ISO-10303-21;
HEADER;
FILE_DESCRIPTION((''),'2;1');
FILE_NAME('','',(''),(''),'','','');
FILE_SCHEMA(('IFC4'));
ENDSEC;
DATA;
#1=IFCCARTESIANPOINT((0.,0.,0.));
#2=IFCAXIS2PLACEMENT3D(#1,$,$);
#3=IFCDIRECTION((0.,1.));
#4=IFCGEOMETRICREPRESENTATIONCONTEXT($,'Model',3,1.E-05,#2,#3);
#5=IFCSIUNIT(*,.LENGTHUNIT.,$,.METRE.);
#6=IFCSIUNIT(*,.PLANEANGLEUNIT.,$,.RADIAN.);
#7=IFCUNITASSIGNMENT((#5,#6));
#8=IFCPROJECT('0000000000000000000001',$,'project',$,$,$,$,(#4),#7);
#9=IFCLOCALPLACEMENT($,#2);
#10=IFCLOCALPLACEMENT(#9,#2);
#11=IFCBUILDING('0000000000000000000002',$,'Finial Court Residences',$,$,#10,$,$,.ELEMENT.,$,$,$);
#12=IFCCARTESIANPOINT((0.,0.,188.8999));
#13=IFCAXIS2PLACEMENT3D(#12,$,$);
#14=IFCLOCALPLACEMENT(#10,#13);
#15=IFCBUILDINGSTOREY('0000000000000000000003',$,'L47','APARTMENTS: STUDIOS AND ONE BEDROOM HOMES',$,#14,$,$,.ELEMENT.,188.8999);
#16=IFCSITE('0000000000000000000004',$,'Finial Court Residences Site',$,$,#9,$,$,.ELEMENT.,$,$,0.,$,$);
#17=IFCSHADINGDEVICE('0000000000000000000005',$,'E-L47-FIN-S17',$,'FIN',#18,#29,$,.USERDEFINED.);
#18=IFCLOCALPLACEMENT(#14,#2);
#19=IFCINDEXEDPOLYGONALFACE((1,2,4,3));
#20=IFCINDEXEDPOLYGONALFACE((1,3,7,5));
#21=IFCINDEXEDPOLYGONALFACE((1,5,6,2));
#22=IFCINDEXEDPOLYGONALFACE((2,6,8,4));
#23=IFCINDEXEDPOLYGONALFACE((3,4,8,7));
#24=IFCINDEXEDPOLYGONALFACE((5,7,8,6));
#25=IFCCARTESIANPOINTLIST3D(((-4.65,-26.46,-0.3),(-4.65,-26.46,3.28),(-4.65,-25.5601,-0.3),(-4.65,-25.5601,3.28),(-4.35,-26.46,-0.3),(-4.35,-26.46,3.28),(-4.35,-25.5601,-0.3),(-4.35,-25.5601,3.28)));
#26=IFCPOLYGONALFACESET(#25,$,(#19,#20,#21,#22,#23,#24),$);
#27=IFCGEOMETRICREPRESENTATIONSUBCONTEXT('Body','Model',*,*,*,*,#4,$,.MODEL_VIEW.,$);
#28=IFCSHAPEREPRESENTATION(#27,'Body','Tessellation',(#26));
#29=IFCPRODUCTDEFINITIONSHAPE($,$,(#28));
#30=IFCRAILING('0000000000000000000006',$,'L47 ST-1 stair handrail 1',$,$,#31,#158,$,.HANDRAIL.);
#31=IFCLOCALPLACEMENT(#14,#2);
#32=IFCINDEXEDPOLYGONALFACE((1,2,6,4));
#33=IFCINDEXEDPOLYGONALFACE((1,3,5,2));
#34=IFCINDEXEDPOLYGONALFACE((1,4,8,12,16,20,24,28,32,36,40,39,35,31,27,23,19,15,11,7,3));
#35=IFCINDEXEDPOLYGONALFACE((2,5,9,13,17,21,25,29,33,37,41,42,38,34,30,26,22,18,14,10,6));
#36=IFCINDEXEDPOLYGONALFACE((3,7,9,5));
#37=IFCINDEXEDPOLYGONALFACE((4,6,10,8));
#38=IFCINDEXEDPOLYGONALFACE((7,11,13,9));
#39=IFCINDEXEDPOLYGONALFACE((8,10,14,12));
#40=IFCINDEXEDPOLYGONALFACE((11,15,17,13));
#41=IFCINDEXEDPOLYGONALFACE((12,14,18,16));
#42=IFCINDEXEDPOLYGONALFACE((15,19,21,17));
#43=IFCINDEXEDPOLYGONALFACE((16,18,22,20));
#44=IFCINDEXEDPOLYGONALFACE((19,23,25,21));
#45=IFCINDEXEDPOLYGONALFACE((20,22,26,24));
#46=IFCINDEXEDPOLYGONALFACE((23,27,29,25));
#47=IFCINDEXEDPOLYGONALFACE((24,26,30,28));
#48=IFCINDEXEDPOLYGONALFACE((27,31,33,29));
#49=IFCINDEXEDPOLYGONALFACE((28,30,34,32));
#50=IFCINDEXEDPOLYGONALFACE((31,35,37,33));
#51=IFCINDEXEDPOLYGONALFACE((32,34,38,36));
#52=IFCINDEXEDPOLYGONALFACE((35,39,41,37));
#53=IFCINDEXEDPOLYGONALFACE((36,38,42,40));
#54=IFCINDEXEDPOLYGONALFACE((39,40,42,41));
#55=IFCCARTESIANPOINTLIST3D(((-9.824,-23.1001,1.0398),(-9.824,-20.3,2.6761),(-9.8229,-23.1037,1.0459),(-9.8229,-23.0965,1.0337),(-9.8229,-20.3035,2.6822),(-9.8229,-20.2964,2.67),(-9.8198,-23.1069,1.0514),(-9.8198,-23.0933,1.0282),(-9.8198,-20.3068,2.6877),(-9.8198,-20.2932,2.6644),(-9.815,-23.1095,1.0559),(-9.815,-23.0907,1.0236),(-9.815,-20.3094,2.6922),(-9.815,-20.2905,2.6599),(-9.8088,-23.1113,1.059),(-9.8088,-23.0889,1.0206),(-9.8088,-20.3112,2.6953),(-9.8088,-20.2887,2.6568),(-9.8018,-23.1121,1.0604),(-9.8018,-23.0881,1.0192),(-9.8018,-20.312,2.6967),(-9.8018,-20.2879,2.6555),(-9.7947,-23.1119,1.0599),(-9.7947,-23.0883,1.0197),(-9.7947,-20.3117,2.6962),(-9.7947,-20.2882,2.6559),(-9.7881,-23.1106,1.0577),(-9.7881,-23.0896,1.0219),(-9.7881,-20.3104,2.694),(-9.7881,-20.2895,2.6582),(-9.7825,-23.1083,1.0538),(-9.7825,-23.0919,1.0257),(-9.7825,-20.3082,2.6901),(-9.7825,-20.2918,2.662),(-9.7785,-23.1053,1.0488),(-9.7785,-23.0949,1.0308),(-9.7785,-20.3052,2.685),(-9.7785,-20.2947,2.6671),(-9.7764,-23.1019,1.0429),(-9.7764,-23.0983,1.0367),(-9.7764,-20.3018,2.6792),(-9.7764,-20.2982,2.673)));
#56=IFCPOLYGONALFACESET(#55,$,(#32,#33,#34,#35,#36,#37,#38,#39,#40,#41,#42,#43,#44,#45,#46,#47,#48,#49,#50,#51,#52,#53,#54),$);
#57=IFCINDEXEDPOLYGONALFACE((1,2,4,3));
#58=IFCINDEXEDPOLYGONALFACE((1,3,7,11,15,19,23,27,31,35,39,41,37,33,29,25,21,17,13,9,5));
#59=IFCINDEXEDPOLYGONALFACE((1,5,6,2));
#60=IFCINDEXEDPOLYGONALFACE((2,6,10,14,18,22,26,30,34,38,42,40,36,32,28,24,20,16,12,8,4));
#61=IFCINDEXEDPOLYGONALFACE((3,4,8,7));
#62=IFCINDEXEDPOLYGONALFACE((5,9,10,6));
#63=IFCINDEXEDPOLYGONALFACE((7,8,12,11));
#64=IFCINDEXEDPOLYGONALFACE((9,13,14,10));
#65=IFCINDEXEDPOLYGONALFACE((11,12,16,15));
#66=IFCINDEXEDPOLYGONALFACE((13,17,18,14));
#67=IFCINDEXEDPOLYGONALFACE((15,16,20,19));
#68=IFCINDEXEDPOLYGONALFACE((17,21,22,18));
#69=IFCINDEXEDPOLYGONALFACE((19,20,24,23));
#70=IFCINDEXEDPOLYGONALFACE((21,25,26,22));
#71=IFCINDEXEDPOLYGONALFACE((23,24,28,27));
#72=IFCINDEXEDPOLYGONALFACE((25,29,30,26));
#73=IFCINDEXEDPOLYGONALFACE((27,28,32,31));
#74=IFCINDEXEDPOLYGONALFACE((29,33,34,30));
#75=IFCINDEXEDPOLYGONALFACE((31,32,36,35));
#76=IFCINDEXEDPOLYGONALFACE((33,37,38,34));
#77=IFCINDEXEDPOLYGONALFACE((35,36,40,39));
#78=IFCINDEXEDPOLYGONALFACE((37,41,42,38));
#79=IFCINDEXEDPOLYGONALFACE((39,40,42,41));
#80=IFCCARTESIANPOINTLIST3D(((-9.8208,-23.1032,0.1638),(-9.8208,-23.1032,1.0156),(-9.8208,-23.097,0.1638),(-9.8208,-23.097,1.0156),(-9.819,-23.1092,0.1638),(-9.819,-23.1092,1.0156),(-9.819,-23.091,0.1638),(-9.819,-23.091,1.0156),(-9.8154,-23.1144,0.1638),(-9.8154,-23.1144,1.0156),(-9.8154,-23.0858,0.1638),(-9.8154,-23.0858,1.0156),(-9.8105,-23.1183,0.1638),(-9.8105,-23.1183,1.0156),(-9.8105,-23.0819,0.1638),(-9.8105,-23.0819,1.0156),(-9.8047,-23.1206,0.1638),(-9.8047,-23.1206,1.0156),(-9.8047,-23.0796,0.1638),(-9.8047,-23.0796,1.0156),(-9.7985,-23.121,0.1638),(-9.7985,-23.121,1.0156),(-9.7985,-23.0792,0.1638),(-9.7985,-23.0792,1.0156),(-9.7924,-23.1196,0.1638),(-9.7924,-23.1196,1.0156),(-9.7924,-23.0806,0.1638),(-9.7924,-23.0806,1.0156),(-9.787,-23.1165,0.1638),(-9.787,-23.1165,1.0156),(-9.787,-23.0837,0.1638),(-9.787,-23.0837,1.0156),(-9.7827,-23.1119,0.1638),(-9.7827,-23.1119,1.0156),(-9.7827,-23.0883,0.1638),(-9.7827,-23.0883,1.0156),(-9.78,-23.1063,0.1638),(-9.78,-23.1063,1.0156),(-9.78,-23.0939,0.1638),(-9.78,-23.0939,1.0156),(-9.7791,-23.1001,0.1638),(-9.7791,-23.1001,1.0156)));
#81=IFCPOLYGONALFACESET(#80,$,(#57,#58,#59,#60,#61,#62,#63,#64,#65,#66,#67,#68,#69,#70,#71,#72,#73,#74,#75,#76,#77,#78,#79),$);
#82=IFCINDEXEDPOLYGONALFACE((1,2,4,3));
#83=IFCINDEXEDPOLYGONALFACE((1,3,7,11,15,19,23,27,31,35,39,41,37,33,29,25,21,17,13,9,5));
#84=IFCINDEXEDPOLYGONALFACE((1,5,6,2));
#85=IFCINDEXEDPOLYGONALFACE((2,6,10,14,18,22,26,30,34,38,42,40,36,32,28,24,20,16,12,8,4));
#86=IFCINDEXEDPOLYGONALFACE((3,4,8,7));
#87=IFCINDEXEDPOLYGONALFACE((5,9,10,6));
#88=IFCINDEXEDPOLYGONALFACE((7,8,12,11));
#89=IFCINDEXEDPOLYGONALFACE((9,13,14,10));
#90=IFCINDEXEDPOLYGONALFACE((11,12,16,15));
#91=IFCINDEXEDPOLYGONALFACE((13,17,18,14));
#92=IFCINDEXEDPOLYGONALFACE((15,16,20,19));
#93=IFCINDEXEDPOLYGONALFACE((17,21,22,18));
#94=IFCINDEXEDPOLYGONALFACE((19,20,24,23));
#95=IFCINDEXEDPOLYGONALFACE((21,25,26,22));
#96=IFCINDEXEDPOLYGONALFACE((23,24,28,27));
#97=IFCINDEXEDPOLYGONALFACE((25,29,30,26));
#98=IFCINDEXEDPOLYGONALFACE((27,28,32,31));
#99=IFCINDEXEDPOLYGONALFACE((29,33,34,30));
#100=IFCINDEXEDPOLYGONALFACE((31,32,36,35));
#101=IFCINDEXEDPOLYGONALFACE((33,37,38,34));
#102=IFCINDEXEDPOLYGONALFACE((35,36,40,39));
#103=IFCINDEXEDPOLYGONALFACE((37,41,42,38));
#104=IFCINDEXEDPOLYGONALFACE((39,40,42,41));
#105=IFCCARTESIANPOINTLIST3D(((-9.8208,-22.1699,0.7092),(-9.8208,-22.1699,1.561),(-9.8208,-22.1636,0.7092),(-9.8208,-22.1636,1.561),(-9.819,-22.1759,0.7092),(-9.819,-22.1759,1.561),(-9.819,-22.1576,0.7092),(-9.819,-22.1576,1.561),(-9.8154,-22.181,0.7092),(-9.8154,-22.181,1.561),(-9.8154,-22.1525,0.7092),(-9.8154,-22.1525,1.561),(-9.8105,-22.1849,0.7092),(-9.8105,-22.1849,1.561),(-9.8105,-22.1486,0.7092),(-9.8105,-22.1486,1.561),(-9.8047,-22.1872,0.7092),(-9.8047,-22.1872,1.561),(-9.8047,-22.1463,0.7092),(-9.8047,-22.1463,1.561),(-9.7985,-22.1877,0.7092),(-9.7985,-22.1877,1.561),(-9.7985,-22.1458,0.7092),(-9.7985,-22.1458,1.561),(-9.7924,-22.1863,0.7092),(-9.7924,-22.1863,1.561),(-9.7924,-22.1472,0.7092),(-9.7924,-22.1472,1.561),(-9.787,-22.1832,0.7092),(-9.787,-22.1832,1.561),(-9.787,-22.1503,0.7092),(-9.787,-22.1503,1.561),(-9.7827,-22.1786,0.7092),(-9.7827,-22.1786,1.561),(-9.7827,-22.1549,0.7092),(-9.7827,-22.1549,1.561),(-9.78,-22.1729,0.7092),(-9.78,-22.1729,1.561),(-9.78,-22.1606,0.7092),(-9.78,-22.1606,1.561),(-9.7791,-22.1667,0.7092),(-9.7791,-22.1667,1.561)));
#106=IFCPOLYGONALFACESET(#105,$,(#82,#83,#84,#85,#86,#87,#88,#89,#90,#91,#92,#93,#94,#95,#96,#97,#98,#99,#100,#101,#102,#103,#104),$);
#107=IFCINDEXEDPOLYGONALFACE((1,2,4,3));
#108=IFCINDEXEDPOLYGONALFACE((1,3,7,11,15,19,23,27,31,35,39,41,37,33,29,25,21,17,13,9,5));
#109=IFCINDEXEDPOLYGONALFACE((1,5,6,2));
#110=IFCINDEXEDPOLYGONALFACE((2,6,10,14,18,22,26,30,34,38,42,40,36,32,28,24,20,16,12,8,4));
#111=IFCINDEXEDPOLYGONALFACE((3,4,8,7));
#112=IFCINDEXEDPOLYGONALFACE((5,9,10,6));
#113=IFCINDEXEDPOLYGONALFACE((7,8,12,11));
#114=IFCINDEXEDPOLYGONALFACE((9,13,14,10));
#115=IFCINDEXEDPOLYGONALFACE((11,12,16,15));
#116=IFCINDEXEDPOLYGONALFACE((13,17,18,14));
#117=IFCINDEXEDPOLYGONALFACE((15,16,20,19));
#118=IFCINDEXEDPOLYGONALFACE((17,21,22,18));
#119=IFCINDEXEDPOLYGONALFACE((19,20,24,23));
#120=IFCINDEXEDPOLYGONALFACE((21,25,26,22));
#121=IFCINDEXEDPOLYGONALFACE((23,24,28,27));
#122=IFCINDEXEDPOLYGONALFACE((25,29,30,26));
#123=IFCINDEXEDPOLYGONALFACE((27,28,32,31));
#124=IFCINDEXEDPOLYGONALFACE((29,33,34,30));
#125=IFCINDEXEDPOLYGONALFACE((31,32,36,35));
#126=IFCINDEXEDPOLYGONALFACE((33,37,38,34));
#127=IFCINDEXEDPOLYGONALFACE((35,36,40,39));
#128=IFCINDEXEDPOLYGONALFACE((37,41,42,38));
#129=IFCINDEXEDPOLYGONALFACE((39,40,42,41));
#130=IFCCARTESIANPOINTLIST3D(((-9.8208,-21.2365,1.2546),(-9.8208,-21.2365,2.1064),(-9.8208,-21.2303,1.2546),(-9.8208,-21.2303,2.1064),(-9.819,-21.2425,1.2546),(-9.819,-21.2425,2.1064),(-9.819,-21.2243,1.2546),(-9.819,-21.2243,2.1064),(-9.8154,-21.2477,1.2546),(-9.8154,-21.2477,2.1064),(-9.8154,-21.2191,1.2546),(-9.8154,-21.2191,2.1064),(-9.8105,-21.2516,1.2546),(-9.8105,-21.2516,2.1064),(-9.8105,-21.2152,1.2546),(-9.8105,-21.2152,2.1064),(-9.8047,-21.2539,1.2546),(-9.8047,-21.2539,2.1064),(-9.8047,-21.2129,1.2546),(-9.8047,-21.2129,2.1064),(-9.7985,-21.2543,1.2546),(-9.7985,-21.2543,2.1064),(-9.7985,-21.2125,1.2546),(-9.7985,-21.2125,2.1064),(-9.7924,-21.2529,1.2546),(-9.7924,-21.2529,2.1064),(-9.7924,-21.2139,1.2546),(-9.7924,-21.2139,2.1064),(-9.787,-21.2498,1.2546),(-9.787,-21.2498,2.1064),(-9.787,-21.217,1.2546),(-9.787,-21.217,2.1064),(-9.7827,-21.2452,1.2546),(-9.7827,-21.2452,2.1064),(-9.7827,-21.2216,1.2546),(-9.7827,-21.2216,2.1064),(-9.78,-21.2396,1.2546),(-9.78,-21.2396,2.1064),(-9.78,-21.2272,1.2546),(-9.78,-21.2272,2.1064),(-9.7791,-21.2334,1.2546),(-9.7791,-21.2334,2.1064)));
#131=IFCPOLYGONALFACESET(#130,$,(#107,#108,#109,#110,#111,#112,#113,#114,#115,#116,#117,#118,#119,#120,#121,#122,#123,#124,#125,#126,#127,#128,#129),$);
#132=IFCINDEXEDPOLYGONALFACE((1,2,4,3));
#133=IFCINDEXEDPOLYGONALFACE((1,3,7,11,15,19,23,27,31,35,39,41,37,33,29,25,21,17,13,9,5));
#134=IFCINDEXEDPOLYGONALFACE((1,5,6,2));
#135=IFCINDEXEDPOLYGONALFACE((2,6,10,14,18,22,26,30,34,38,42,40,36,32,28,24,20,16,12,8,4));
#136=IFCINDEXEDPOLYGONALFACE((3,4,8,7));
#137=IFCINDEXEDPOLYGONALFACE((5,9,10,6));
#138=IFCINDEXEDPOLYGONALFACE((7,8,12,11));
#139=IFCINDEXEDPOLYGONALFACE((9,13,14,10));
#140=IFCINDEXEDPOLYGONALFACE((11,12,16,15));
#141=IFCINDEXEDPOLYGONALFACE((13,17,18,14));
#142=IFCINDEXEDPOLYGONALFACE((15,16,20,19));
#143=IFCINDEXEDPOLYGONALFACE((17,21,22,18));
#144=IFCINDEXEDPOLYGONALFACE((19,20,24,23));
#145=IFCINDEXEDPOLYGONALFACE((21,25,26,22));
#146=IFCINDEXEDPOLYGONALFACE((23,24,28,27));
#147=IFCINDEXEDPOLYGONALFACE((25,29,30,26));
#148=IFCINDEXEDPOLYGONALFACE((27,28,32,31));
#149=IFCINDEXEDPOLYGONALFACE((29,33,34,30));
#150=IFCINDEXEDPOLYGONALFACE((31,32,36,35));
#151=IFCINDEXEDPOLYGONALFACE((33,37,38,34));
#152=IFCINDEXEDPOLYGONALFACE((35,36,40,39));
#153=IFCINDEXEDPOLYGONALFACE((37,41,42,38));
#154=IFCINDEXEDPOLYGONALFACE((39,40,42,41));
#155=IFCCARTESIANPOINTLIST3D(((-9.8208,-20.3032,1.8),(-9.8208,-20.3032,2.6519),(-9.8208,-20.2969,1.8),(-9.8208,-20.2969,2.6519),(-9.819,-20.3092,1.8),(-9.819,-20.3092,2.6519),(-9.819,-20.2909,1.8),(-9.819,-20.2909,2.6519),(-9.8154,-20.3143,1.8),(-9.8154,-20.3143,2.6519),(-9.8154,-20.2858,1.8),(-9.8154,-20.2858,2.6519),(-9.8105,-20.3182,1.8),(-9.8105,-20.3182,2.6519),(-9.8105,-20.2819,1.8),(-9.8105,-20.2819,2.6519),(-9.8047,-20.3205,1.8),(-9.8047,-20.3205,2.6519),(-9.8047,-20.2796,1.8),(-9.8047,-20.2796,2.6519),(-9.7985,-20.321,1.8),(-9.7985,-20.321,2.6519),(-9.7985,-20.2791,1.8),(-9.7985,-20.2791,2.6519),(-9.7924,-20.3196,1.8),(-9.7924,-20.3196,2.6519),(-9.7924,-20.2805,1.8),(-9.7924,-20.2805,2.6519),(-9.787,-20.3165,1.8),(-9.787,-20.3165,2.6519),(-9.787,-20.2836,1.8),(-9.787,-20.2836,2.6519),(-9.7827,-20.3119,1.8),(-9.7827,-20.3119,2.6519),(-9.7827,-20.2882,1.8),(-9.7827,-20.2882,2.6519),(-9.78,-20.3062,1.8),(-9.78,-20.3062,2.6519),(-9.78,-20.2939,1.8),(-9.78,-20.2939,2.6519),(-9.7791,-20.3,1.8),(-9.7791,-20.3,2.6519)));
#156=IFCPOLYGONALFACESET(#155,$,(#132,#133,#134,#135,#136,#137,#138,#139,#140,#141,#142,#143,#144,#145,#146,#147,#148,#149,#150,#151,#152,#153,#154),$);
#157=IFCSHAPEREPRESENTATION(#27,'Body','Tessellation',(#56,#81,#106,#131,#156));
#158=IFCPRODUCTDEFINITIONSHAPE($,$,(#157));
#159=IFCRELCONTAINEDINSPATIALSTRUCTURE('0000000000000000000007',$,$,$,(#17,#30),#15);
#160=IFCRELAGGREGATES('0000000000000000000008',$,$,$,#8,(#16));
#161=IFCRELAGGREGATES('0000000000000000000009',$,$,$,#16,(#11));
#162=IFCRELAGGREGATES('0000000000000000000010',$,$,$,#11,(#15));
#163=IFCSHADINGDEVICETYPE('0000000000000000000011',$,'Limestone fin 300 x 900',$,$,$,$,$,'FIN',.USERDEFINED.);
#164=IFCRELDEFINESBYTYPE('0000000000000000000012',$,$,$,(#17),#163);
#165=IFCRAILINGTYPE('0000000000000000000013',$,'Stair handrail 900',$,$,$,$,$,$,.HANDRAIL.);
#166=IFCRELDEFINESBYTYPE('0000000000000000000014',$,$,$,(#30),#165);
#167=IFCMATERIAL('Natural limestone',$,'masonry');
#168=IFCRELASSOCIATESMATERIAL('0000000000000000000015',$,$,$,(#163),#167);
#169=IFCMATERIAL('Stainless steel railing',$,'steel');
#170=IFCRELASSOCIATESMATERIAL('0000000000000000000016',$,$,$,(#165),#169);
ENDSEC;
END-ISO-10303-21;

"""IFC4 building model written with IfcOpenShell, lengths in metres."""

from ifc_helpers import new_model, si_unit, direction, frame, origin, origin_2d, place, context, subcontext, project, spatial, rectangle, circle, extrude, material, type_object, element, save


model = new_model("IFC4")

# Units and contexts
model_context = context("Model", 3, precision=1e-05, world=origin(), true_north=direction((0.0, 1.0)))
body_context = subcontext(model_context, "Body", "Model", "MODEL_VIEW")
ifc_project = project(units=[si_unit("LENGTHUNIT", "METRE"), si_unit("PLANEANGLEUNIT", "RADIAN")], contexts=[model_context])

# Site, building, storey
site_placement = place(None, origin())
site = spatial("IfcSite", under=ifc_project, at=site_placement, Name="Finial Court Residences Site", CompositionType="ELEMENT", RefElevation=0.0)
building_placement = place(site_placement, origin())
building = spatial("IfcBuilding", under=site, at=building_placement, Name="Finial Court Residences", CompositionType="ELEMENT")
storey_placement = place(building_placement, frame((0.0, 0.0, 188.8999)))
storey = spatial("IfcBuildingStorey", under=building, at=storey_placement, Name="L47", Description="APARTMENTS: STUDIOS AND ONE BEDROOM HOMES", CompositionType="ELEMENT", Elevation=188.8999)

# Shading device
ifc_material_1 = material(Name="Natural limestone", Category="masonry")
shading_device_type = type_object("IfcShadingDeviceType", Name="Limestone fin 300 x 900", ElementType="FIN", PredefinedType="USERDEFINED", material=ifc_material_1)
for number, where, z_axis, x_axis, name in (
    (1, (-4.5, -26.01, -0.3), (0.0, 0.0, 1.0), (1.0, 0.0, 0.0), "E-L47-FIN-S17"),
):
    element("IfcShadingDevice", number, at=place(storey_placement, frame(where, z_axis=z_axis, x_axis=x_axis)), inside=storey, type_object=shading_device_type, Name=name, ObjectType="FIN", PredefinedType="USERDEFINED", context=body_context, shape_type="SweptSolid", body=[
        extrude(rectangle(XDim=0.3, YDim=0.8999, at=origin_2d()), origin(), (0.0, 0.0, 1.0), 3.5801),
    ])

# Railing
ifc_material_2 = material(Name="Stainless steel railing", Category="steel")
railing_type_1 = type_object("IfcRailingType", Name="Stair handrail 900", PredefinedType="HANDRAIL", material=ifc_material_2)
railing_1_placement = place(storey_placement, frame((-9.8, -23.1001, 0.1638)))
element("IfcRailing", 2, at=railing_1_placement, inside=storey, type_object=railing_type_1, Name="L47 ST-1 stair handrail 1", PredefinedType="HANDRAIL", context=body_context, shape_type="SweptSolid", body=[
    extrude(circle(Radius=0.0239, at=origin_2d()), frame((0.0, 0.0, 0.876), z_axis=(0.0, 0.863394, 0.504531), x_axis=(-1.0, 0.0, 0.0)), (0.0, 0.0, 1.0), 3.2432),
    extrude(circle(Radius=0.021, at=origin_2d()), origin(), (0.0, 0.0, 1.0), 0.8518),
    extrude(circle(Radius=0.021, at=origin_2d()), frame((0.0, 0.9333, 0.5454)), (0.0, 0.0, 1.0), 0.8518),
    extrude(circle(Radius=0.021, at=origin_2d()), frame((0.0, 1.8667, 1.0908)), (0.0, 0.0, 1.0), 0.8518),
    extrude(circle(Radius=0.021, at=origin_2d()), frame((0.0, 2.8, 1.6362)), (0.0, 0.0, 1.0), 0.8518),
])

save(model, "model.ifc")
